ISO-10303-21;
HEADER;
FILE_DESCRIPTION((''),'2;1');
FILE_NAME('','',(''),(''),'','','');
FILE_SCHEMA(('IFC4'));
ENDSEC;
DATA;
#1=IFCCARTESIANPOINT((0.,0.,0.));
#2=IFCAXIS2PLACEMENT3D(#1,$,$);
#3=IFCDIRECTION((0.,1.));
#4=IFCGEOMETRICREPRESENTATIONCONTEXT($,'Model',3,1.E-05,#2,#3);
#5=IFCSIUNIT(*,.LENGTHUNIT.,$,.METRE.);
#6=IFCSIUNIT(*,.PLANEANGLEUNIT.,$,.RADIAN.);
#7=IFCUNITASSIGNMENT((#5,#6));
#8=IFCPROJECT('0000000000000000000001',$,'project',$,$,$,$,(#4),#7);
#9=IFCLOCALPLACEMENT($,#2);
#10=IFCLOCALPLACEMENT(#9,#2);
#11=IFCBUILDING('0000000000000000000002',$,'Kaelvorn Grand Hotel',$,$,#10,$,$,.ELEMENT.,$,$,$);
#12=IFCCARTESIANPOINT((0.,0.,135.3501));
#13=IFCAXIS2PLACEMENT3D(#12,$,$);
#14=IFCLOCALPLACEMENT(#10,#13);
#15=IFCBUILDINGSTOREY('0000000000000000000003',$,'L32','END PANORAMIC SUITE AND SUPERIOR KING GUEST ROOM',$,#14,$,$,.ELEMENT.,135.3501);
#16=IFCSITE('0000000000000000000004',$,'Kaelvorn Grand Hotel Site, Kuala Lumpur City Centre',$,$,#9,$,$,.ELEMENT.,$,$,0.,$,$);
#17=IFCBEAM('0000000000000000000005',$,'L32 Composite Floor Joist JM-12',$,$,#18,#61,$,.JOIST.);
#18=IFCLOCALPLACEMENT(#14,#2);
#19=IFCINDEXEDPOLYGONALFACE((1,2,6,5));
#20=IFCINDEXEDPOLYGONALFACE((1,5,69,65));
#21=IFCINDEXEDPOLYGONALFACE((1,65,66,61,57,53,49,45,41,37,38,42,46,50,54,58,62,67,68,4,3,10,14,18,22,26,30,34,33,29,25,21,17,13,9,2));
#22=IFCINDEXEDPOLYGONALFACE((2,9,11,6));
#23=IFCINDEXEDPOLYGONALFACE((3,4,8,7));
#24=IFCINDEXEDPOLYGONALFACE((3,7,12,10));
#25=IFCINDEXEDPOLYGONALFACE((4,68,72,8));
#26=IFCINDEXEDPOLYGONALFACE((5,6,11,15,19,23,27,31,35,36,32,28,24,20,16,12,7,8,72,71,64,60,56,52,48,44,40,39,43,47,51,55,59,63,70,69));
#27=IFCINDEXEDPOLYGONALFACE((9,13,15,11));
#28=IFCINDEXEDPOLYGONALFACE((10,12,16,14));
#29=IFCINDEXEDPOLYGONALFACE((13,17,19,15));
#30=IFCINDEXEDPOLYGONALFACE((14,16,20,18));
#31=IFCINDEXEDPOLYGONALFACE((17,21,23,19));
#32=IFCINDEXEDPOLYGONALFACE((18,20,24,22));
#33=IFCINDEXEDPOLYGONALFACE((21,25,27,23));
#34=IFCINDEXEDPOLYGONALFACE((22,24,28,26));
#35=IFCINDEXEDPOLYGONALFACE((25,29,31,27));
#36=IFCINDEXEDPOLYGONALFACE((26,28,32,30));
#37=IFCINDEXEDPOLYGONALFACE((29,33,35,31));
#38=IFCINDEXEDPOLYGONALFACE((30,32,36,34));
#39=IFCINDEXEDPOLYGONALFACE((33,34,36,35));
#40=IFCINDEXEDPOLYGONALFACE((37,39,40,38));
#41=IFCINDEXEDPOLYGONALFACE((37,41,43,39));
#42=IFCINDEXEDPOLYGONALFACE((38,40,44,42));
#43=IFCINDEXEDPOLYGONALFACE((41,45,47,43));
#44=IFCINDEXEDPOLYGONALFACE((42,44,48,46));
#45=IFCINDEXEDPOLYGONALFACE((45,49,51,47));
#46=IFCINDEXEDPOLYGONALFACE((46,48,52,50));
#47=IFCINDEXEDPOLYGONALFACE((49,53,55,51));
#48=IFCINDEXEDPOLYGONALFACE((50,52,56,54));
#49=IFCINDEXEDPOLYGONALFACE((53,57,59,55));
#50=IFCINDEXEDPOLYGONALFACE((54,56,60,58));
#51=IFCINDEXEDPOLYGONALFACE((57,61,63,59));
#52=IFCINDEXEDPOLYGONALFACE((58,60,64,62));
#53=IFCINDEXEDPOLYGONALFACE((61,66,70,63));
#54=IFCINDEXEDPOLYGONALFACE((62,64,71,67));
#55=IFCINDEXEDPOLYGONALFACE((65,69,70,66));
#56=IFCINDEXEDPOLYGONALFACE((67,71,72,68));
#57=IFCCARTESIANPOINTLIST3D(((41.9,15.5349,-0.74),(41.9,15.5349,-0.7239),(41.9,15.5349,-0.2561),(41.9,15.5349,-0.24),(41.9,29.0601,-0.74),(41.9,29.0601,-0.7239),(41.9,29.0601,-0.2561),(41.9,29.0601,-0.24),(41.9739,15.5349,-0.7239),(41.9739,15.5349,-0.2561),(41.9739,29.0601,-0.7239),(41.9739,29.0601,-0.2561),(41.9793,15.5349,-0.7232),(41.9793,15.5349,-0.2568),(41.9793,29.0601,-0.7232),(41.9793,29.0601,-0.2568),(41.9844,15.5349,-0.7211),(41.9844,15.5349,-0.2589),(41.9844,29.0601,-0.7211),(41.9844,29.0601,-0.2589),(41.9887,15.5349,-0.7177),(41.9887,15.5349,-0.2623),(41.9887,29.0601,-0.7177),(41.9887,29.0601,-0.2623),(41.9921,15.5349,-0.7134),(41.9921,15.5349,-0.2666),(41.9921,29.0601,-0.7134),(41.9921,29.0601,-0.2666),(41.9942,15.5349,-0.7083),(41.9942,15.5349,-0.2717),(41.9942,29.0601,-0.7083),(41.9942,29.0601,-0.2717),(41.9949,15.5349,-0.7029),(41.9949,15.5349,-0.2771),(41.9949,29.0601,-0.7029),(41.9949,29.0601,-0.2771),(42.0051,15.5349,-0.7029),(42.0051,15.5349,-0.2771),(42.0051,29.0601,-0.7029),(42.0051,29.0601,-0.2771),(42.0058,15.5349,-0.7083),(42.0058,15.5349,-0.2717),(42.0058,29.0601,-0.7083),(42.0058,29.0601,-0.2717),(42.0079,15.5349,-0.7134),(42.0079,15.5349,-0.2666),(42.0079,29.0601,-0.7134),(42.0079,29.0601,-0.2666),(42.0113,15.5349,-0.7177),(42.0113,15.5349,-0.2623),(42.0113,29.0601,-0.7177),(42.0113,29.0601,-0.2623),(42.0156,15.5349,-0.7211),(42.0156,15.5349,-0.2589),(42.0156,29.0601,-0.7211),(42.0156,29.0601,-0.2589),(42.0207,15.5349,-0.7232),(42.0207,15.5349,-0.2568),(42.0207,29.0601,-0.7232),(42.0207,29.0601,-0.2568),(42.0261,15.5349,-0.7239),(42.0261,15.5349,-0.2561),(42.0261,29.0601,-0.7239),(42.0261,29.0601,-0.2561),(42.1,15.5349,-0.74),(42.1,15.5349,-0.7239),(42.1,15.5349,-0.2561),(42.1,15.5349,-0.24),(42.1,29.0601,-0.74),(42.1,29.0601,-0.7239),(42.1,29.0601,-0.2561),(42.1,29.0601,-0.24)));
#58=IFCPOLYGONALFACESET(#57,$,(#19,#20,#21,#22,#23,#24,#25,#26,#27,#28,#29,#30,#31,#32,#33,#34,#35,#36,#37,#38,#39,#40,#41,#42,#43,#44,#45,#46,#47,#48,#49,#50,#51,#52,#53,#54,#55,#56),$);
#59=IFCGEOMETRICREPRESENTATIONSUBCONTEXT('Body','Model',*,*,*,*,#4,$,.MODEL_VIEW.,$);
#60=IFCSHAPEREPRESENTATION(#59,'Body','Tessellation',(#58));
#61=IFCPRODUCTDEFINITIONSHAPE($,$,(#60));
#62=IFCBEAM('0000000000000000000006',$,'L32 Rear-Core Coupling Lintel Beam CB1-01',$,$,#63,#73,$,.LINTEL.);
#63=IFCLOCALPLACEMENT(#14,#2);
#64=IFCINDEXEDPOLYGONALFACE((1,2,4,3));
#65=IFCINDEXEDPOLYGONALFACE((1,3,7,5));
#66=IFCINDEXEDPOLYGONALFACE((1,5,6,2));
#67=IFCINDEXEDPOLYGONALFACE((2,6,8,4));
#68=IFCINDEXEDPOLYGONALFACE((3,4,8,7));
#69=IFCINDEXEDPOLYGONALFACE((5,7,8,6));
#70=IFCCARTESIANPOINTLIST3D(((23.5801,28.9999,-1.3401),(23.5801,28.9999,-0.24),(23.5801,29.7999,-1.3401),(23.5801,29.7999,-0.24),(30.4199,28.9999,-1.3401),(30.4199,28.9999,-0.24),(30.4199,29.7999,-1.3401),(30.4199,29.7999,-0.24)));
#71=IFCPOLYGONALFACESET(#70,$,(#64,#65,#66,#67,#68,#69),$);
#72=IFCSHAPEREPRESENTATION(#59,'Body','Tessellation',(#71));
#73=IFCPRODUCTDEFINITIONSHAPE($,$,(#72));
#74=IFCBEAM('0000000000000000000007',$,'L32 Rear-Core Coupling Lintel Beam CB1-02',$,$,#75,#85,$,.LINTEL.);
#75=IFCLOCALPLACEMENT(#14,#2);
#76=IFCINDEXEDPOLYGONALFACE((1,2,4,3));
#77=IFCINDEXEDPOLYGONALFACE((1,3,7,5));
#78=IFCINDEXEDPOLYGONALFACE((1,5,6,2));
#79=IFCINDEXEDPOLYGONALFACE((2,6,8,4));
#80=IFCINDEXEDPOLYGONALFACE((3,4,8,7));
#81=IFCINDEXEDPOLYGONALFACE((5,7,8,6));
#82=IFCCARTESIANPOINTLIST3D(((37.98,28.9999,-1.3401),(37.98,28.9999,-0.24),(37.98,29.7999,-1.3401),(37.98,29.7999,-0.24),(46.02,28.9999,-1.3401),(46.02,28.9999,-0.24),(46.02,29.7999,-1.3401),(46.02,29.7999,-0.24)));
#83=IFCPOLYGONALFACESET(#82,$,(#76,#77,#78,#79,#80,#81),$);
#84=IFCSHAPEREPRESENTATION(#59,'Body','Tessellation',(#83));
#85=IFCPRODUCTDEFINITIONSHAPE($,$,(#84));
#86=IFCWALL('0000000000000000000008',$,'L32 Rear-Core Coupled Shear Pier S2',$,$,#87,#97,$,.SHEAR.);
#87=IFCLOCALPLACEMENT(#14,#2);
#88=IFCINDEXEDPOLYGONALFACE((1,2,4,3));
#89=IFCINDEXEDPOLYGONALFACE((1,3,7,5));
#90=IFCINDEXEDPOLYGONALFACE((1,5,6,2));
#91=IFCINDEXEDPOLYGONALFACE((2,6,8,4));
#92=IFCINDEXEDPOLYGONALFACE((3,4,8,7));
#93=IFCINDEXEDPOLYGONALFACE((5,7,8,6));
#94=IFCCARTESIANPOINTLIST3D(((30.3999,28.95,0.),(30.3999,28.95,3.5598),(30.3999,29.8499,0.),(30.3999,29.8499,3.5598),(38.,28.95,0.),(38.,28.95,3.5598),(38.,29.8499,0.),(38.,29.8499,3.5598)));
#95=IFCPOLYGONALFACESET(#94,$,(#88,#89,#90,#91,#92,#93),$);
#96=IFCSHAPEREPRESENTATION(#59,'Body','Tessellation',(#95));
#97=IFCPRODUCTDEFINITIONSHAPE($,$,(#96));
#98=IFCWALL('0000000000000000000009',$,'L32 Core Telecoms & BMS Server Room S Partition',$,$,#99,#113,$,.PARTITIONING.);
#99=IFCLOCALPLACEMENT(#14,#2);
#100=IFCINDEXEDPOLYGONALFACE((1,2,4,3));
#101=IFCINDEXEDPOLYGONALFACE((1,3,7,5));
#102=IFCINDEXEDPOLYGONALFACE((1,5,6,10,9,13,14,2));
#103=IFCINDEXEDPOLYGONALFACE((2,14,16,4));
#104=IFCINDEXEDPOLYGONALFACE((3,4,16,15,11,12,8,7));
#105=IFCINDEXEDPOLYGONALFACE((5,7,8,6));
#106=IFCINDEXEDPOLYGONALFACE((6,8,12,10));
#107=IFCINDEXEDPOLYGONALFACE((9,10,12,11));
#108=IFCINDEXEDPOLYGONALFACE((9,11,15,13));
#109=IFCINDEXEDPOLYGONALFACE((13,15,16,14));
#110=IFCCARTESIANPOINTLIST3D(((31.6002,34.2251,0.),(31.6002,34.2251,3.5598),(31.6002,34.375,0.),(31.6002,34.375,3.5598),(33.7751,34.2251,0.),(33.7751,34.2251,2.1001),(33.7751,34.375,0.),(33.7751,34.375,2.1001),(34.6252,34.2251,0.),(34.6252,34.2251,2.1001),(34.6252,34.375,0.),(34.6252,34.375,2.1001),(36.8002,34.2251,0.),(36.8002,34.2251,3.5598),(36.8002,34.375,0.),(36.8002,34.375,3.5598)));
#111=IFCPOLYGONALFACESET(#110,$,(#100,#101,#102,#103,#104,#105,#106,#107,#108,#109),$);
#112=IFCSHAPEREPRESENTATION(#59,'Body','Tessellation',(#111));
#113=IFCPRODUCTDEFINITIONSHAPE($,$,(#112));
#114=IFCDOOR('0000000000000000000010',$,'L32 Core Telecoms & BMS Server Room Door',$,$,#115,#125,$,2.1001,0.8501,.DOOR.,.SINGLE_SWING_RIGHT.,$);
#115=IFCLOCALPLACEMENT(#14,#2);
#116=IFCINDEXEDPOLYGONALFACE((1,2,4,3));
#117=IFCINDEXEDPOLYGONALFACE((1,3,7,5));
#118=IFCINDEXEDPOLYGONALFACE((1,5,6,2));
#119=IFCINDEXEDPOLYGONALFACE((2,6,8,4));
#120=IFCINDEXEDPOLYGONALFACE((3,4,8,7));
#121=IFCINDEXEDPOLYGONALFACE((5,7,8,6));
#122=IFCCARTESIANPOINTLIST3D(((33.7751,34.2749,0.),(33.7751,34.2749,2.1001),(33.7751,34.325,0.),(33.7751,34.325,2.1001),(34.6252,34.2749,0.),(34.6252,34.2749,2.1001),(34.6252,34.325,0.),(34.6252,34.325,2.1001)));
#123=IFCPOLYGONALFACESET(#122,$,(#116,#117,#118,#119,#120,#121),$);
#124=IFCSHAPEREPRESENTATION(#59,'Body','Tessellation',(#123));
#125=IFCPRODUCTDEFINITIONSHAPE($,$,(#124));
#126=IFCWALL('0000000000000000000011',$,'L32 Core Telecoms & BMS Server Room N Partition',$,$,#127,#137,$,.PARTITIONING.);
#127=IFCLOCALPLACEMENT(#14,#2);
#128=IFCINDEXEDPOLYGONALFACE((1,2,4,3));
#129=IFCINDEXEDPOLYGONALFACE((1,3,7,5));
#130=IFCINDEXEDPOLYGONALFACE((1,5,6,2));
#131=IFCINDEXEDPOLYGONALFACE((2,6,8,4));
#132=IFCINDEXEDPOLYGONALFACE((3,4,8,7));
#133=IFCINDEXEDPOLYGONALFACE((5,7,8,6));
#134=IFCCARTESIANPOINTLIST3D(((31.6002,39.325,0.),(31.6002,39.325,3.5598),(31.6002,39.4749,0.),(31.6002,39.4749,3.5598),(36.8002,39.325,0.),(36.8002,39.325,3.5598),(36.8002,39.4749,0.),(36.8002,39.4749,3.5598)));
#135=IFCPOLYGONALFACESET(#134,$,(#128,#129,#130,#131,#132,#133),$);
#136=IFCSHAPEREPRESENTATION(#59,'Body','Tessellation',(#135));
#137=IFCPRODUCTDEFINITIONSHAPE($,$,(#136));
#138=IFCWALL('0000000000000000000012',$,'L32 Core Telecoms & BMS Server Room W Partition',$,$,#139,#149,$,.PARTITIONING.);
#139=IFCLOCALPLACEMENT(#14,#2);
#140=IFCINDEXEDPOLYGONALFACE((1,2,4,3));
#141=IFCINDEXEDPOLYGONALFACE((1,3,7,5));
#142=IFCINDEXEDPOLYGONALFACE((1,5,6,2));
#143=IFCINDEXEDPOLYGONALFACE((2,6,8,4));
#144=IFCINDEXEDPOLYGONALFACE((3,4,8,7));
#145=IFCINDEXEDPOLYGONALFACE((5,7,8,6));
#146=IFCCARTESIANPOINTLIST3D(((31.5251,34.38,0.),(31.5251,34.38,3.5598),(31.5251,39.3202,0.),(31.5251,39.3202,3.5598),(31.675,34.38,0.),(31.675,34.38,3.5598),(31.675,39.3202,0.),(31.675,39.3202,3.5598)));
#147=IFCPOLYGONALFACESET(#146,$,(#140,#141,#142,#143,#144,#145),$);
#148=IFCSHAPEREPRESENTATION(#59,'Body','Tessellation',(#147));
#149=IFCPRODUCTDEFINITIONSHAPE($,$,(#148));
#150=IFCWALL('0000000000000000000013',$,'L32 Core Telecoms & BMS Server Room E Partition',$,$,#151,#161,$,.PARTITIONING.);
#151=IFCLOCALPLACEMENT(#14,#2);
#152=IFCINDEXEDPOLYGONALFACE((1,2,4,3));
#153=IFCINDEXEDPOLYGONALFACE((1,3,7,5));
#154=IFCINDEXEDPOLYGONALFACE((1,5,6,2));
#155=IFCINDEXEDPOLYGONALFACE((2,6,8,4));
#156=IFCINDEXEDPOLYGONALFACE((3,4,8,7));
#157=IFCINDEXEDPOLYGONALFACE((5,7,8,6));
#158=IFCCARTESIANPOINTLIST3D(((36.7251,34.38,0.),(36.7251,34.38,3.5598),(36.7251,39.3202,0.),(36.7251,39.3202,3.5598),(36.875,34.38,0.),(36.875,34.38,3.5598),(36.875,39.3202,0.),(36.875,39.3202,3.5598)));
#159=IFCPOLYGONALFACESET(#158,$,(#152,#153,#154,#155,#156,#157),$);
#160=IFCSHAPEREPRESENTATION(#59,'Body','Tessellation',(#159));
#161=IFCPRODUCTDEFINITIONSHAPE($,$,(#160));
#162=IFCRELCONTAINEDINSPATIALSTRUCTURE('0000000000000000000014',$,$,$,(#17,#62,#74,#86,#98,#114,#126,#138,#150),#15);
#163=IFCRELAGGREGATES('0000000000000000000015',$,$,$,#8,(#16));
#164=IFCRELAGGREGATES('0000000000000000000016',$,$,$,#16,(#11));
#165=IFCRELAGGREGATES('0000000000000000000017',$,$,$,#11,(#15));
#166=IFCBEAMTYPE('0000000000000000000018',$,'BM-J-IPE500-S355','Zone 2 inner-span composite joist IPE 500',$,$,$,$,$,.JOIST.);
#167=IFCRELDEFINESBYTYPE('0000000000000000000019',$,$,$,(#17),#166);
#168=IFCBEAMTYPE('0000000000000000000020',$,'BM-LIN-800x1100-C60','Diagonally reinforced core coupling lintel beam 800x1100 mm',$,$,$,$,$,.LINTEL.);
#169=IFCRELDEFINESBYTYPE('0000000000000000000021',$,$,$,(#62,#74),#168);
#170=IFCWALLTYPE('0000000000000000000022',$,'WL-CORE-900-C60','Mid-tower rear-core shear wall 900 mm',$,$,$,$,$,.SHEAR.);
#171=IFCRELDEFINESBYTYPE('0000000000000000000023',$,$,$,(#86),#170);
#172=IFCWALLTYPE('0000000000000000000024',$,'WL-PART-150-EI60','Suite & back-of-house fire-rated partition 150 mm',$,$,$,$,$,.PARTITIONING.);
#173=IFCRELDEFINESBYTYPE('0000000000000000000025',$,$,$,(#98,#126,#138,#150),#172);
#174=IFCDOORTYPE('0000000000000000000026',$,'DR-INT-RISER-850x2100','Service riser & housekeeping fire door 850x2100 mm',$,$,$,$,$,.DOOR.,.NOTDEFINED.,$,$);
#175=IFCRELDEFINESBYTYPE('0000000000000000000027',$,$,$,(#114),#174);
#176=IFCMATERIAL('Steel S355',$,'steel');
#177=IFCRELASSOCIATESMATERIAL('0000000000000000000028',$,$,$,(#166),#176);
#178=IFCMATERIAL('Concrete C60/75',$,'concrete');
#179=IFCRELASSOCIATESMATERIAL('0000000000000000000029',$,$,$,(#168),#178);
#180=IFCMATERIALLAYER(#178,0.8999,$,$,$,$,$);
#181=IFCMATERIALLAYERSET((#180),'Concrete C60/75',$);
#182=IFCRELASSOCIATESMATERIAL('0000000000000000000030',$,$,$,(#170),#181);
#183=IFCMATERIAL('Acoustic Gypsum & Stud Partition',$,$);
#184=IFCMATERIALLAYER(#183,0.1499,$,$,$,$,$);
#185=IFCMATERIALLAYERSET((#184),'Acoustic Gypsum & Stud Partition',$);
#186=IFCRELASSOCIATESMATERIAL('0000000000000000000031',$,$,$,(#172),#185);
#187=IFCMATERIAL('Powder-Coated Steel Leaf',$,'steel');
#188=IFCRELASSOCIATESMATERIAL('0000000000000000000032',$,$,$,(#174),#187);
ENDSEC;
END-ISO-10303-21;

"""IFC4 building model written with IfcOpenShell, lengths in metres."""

from ifc_helpers import new_model, si_unit, direction, frame, frame_2d, origin, origin_2d, place, context, subcontext, project, spatial, rectangle, i_section, extrude, material, layer, layer_set, material_profile, profile_set, type_object, element, fill, save


model = new_model("IFC4")

# Units and contexts
model_context = context("Model", 3, precision=1e-05, world=origin(), true_north=direction((0.0, 1.0)))
body_context = subcontext(model_context, "Body", "Model", "MODEL_VIEW")
ifc_project = project(units=[si_unit("LENGTHUNIT", "METRE"), si_unit("PLANEANGLEUNIT", "RADIAN")], contexts=[model_context])

# Site, building, storey
site_placement = place(None, origin())
site = spatial("IfcSite", under=ifc_project, at=site_placement, Name="Kaelvorn Grand Hotel Site, Kuala Lumpur City Centre", CompositionType="ELEMENT", RefElevation=0.0)
building_placement = place(site_placement, origin())
building = spatial("IfcBuilding", under=site, at=building_placement, Name="Kaelvorn Grand Hotel", CompositionType="ELEMENT")
storey_placement = place(building_placement, frame((0.0, 0.0, 135.3501)))
storey = spatial("IfcBuildingStorey", under=building, at=storey_placement, Name="L32", Description="END PANORAMIC SUITE AND SUPERIOR KING GUEST ROOM", CompositionType="ELEMENT", Elevation=135.3501)

# Shared definitions
ifc_material_1 = material(Name="Concrete C60/75", Category="concrete")

# Beams
ifc_material_2 = material(Name="Steel S355", Category="steel")
ifc_material_profile_1 = material_profile(ifc_material_2, i_section(OverallWidth=0.2, OverallDepth=0.5, WebThickness=0.0103, FlangeThickness=0.0161, FilletRadius=0.021, at=origin_2d()), Name="IPE 500")
ifc_profile_set_1 = profile_set([ifc_material_profile_1], Name="Steel S355")
beam_type_1 = type_object("IfcBeamType", Name="BM-J-IPE500-S355", Description="Zone 2 inner-span composite joist IPE 500", PredefinedType="JOIST", material=ifc_profile_set_1)
beam_1_placement = place(storey_placement, frame((42.0, 15.5349, -0.49), z_axis=(0.0, 1.0, 0.0), x_axis=(-1.0, 0.0, 0.0)))
element("IfcBeam", 1, at=beam_1_placement, inside=storey, type_object=beam_type_1, Name="L32 Composite Floor Joist JM-12", PredefinedType="JOIST", context=body_context, shape_type="SweptSolid", body=[
    extrude(i_section(OverallWidth=0.2, OverallDepth=0.5, WebThickness=0.0103, FlangeThickness=0.0161, FilletRadius=0.021, at=origin_2d()), origin(), (0.0, 0.0, 1.0), 13.5251),
])
ifc_material_profile_2 = material_profile(ifc_material_1, rectangle(XDim=0.8, YDim=1.1001, at=origin_2d()), Name="RC LINTEL 800x1100")
ifc_profile_set_2 = profile_set([ifc_material_profile_2], Name="Concrete C60/75")
beam_type_2 = type_object("IfcBeamType", Name="BM-LIN-800x1100-C60", Description="Diagonally reinforced core coupling lintel beam 800x1100 mm", PredefinedType="LINTEL", material=ifc_profile_set_2)
beam_2_placement = place(storey_placement, frame((23.5801, 29.3999, -0.79), z_axis=(1.0, 0.0, 0.0), x_axis=(0.0, 1.0, 0.0)))
element("IfcBeam", 2, at=beam_2_placement, inside=storey, type_object=beam_type_2, Name="L32 Rear-Core Coupling Lintel Beam CB1-01", PredefinedType="LINTEL", context=body_context, shape_type="SweptSolid", body=[
    extrude(rectangle(XDim=0.8, YDim=1.1001, at=origin_2d()), origin(), (0.0, 0.0, 1.0), 6.8398),
])
beam_3_placement = place(storey_placement, frame((37.98, 29.3999, -0.79), z_axis=(1.0, 0.0, 0.0), x_axis=(0.0, 1.0, 0.0)))
element("IfcBeam", 3, at=beam_3_placement, inside=storey, type_object=beam_type_2, Name="L32 Rear-Core Coupling Lintel Beam CB1-02", PredefinedType="LINTEL", context=body_context, shape_type="SweptSolid", body=[
    extrude(rectangle(XDim=0.8, YDim=1.1001, at=origin_2d()), origin(), (0.0, 0.0, 1.0), 8.04),
])

# Wall
ifc_layer_1 = layer(ifc_material_1, 0.8999)
ifc_layer_set_1 = layer_set([ifc_layer_1], Name="Concrete C60/75")
wall_type_1 = type_object("IfcWallType", Name="WL-CORE-900-C60", Description="Mid-tower rear-core shear wall 900 mm", PredefinedType="SHEAR", material=ifc_layer_set_1)
wall_1_placement = place(storey_placement, frame((30.3999, 29.3999, 0.0), z_axis=(0.0, 0.0, 1.0), x_axis=(1.0, 0.0, 0.0)))
element("IfcWall", 4, at=wall_1_placement, inside=storey, type_object=wall_type_1, Name="L32 Rear-Core Coupled Shear Pier S2", PredefinedType="SHEAR", context=body_context, shape_type="SweptSolid", body=[
    extrude(rectangle(XDim=7.6001, YDim=0.8999, at=frame_2d((3.8, 0.0))), origin(), (0.0, 0.0, 1.0), 3.5598),
])

# Wall, opening, door
ifc_material_3 = material(Name="Acoustic Gypsum & Stud Partition")
ifc_layer_2 = layer(ifc_material_3, 0.1499)
ifc_layer_set_2 = layer_set([ifc_layer_2], Name="Acoustic Gypsum & Stud Partition")
wall_type_2 = type_object("IfcWallType", Name="WL-PART-150-EI60", Description="Suite & back-of-house fire-rated partition 150 mm", PredefinedType="PARTITIONING", material=ifc_layer_set_2)
wall_2_placement = place(storey_placement, frame((31.6001, 34.3, 0.0), z_axis=(0.0, 0.0, 1.0), x_axis=(1.0, 0.0, 0.0)))
wall_2 = element("IfcWall", 5, at=wall_2_placement, inside=storey, type_object=wall_type_2, Name="L32 Core Telecoms & BMS Server Room S Partition", PredefinedType="PARTITIONING", context=body_context, shape_type="SweptSolid", body=[
    extrude(rectangle(XDim=5.2, YDim=0.1499, at=frame_2d((2.6001, 0.0))), origin(), (0.0, 0.0, 1.0), 3.5598),
])
opening_1_placement = place(wall_2_placement, frame((2.175, 0.0, 0.0)))
opening_1 = element("IfcOpeningElement", 6, at=opening_1_placement, cuts=wall_2, PredefinedType="OPENING", context=body_context, shape_type="SweptSolid", body=[
    extrude(rectangle(XDim=0.8501, YDim=2.1001, at=frame_2d((0.425, 1.05))), frame((0.0, 0.085, 0.0), z_axis=(0.0, -1.0, 0.0), x_axis=(1.0, 0.0, 0.0)), (0.0, 0.0, 1.0), 0.1699),
])
ifc_material_4 = material(Name="Powder-Coated Steel Leaf", Category="steel")
door_type_1 = type_object("IfcDoorType", Name="DR-INT-RISER-850x2100", Description="Service riser & housekeeping fire door 850x2100 mm", OperationType="NOTDEFINED", PredefinedType="DOOR", material=ifc_material_4)
door_1_placement = place(opening_1_placement, origin())
door_1 = element("IfcDoor", 7, at=door_1_placement, inside=storey, type_object=door_type_1, Name="L32 Core Telecoms & BMS Server Room Door", OperationType="SINGLE_SWING_RIGHT", OverallHeight=2.1001, OverallWidth=0.8501, PredefinedType="DOOR", context=body_context, shape_type="SweptSolid", body=[
    extrude(rectangle(XDim=0.8501, YDim=2.1001, at=frame_2d((0.425, 1.05))), frame((0.0, 0.0249, 0.0), z_axis=(0.0, -1.0, 0.0), x_axis=(1.0, 0.0, 0.0)), (0.0, 0.0, 1.0), 0.05),
])
fill(opening_1, door_1)

# Walls
wall_3_placement = place(storey_placement, frame((31.6001, 39.3999, 0.0), z_axis=(0.0, 0.0, 1.0), x_axis=(1.0, 0.0, 0.0)))
element("IfcWall", 8, at=wall_3_placement, inside=storey, type_object=wall_type_2, Name="L32 Core Telecoms & BMS Server Room N Partition", PredefinedType="PARTITIONING", context=body_context, shape_type="SweptSolid", body=[
    extrude(rectangle(XDim=5.2, YDim=0.1499, at=frame_2d((2.6001, 0.0))), origin(), (0.0, 0.0, 1.0), 3.5598),
])
for number, where, z_axis, x_axis, name in (
    (9, (31.6001, 34.3799, 0.0), (0.0, 0.0, 1.0), (0.0, 1.0, 0.0), "L32 Core Telecoms & BMS Server Room W Partition"),
    (10, (36.8, 34.3799, 0.0), (0.0, 0.0, 1.0), (0.0, 1.0, 0.0), "L32 Core Telecoms & BMS Server Room E Partition"),
):
    element("IfcWall", number, at=place(storey_placement, frame(where, z_axis=z_axis, x_axis=x_axis)), inside=storey, type_object=wall_type_2, Name=name, PredefinedType="PARTITIONING", context=body_context, shape_type="SweptSolid", body=[
        extrude(rectangle(XDim=4.9402, YDim=0.1499, at=frame_2d((2.4702, 0.0))), origin(), (0.0, 0.0, 1.0), 3.5598),
    ])

save(model, "model.ifc")
